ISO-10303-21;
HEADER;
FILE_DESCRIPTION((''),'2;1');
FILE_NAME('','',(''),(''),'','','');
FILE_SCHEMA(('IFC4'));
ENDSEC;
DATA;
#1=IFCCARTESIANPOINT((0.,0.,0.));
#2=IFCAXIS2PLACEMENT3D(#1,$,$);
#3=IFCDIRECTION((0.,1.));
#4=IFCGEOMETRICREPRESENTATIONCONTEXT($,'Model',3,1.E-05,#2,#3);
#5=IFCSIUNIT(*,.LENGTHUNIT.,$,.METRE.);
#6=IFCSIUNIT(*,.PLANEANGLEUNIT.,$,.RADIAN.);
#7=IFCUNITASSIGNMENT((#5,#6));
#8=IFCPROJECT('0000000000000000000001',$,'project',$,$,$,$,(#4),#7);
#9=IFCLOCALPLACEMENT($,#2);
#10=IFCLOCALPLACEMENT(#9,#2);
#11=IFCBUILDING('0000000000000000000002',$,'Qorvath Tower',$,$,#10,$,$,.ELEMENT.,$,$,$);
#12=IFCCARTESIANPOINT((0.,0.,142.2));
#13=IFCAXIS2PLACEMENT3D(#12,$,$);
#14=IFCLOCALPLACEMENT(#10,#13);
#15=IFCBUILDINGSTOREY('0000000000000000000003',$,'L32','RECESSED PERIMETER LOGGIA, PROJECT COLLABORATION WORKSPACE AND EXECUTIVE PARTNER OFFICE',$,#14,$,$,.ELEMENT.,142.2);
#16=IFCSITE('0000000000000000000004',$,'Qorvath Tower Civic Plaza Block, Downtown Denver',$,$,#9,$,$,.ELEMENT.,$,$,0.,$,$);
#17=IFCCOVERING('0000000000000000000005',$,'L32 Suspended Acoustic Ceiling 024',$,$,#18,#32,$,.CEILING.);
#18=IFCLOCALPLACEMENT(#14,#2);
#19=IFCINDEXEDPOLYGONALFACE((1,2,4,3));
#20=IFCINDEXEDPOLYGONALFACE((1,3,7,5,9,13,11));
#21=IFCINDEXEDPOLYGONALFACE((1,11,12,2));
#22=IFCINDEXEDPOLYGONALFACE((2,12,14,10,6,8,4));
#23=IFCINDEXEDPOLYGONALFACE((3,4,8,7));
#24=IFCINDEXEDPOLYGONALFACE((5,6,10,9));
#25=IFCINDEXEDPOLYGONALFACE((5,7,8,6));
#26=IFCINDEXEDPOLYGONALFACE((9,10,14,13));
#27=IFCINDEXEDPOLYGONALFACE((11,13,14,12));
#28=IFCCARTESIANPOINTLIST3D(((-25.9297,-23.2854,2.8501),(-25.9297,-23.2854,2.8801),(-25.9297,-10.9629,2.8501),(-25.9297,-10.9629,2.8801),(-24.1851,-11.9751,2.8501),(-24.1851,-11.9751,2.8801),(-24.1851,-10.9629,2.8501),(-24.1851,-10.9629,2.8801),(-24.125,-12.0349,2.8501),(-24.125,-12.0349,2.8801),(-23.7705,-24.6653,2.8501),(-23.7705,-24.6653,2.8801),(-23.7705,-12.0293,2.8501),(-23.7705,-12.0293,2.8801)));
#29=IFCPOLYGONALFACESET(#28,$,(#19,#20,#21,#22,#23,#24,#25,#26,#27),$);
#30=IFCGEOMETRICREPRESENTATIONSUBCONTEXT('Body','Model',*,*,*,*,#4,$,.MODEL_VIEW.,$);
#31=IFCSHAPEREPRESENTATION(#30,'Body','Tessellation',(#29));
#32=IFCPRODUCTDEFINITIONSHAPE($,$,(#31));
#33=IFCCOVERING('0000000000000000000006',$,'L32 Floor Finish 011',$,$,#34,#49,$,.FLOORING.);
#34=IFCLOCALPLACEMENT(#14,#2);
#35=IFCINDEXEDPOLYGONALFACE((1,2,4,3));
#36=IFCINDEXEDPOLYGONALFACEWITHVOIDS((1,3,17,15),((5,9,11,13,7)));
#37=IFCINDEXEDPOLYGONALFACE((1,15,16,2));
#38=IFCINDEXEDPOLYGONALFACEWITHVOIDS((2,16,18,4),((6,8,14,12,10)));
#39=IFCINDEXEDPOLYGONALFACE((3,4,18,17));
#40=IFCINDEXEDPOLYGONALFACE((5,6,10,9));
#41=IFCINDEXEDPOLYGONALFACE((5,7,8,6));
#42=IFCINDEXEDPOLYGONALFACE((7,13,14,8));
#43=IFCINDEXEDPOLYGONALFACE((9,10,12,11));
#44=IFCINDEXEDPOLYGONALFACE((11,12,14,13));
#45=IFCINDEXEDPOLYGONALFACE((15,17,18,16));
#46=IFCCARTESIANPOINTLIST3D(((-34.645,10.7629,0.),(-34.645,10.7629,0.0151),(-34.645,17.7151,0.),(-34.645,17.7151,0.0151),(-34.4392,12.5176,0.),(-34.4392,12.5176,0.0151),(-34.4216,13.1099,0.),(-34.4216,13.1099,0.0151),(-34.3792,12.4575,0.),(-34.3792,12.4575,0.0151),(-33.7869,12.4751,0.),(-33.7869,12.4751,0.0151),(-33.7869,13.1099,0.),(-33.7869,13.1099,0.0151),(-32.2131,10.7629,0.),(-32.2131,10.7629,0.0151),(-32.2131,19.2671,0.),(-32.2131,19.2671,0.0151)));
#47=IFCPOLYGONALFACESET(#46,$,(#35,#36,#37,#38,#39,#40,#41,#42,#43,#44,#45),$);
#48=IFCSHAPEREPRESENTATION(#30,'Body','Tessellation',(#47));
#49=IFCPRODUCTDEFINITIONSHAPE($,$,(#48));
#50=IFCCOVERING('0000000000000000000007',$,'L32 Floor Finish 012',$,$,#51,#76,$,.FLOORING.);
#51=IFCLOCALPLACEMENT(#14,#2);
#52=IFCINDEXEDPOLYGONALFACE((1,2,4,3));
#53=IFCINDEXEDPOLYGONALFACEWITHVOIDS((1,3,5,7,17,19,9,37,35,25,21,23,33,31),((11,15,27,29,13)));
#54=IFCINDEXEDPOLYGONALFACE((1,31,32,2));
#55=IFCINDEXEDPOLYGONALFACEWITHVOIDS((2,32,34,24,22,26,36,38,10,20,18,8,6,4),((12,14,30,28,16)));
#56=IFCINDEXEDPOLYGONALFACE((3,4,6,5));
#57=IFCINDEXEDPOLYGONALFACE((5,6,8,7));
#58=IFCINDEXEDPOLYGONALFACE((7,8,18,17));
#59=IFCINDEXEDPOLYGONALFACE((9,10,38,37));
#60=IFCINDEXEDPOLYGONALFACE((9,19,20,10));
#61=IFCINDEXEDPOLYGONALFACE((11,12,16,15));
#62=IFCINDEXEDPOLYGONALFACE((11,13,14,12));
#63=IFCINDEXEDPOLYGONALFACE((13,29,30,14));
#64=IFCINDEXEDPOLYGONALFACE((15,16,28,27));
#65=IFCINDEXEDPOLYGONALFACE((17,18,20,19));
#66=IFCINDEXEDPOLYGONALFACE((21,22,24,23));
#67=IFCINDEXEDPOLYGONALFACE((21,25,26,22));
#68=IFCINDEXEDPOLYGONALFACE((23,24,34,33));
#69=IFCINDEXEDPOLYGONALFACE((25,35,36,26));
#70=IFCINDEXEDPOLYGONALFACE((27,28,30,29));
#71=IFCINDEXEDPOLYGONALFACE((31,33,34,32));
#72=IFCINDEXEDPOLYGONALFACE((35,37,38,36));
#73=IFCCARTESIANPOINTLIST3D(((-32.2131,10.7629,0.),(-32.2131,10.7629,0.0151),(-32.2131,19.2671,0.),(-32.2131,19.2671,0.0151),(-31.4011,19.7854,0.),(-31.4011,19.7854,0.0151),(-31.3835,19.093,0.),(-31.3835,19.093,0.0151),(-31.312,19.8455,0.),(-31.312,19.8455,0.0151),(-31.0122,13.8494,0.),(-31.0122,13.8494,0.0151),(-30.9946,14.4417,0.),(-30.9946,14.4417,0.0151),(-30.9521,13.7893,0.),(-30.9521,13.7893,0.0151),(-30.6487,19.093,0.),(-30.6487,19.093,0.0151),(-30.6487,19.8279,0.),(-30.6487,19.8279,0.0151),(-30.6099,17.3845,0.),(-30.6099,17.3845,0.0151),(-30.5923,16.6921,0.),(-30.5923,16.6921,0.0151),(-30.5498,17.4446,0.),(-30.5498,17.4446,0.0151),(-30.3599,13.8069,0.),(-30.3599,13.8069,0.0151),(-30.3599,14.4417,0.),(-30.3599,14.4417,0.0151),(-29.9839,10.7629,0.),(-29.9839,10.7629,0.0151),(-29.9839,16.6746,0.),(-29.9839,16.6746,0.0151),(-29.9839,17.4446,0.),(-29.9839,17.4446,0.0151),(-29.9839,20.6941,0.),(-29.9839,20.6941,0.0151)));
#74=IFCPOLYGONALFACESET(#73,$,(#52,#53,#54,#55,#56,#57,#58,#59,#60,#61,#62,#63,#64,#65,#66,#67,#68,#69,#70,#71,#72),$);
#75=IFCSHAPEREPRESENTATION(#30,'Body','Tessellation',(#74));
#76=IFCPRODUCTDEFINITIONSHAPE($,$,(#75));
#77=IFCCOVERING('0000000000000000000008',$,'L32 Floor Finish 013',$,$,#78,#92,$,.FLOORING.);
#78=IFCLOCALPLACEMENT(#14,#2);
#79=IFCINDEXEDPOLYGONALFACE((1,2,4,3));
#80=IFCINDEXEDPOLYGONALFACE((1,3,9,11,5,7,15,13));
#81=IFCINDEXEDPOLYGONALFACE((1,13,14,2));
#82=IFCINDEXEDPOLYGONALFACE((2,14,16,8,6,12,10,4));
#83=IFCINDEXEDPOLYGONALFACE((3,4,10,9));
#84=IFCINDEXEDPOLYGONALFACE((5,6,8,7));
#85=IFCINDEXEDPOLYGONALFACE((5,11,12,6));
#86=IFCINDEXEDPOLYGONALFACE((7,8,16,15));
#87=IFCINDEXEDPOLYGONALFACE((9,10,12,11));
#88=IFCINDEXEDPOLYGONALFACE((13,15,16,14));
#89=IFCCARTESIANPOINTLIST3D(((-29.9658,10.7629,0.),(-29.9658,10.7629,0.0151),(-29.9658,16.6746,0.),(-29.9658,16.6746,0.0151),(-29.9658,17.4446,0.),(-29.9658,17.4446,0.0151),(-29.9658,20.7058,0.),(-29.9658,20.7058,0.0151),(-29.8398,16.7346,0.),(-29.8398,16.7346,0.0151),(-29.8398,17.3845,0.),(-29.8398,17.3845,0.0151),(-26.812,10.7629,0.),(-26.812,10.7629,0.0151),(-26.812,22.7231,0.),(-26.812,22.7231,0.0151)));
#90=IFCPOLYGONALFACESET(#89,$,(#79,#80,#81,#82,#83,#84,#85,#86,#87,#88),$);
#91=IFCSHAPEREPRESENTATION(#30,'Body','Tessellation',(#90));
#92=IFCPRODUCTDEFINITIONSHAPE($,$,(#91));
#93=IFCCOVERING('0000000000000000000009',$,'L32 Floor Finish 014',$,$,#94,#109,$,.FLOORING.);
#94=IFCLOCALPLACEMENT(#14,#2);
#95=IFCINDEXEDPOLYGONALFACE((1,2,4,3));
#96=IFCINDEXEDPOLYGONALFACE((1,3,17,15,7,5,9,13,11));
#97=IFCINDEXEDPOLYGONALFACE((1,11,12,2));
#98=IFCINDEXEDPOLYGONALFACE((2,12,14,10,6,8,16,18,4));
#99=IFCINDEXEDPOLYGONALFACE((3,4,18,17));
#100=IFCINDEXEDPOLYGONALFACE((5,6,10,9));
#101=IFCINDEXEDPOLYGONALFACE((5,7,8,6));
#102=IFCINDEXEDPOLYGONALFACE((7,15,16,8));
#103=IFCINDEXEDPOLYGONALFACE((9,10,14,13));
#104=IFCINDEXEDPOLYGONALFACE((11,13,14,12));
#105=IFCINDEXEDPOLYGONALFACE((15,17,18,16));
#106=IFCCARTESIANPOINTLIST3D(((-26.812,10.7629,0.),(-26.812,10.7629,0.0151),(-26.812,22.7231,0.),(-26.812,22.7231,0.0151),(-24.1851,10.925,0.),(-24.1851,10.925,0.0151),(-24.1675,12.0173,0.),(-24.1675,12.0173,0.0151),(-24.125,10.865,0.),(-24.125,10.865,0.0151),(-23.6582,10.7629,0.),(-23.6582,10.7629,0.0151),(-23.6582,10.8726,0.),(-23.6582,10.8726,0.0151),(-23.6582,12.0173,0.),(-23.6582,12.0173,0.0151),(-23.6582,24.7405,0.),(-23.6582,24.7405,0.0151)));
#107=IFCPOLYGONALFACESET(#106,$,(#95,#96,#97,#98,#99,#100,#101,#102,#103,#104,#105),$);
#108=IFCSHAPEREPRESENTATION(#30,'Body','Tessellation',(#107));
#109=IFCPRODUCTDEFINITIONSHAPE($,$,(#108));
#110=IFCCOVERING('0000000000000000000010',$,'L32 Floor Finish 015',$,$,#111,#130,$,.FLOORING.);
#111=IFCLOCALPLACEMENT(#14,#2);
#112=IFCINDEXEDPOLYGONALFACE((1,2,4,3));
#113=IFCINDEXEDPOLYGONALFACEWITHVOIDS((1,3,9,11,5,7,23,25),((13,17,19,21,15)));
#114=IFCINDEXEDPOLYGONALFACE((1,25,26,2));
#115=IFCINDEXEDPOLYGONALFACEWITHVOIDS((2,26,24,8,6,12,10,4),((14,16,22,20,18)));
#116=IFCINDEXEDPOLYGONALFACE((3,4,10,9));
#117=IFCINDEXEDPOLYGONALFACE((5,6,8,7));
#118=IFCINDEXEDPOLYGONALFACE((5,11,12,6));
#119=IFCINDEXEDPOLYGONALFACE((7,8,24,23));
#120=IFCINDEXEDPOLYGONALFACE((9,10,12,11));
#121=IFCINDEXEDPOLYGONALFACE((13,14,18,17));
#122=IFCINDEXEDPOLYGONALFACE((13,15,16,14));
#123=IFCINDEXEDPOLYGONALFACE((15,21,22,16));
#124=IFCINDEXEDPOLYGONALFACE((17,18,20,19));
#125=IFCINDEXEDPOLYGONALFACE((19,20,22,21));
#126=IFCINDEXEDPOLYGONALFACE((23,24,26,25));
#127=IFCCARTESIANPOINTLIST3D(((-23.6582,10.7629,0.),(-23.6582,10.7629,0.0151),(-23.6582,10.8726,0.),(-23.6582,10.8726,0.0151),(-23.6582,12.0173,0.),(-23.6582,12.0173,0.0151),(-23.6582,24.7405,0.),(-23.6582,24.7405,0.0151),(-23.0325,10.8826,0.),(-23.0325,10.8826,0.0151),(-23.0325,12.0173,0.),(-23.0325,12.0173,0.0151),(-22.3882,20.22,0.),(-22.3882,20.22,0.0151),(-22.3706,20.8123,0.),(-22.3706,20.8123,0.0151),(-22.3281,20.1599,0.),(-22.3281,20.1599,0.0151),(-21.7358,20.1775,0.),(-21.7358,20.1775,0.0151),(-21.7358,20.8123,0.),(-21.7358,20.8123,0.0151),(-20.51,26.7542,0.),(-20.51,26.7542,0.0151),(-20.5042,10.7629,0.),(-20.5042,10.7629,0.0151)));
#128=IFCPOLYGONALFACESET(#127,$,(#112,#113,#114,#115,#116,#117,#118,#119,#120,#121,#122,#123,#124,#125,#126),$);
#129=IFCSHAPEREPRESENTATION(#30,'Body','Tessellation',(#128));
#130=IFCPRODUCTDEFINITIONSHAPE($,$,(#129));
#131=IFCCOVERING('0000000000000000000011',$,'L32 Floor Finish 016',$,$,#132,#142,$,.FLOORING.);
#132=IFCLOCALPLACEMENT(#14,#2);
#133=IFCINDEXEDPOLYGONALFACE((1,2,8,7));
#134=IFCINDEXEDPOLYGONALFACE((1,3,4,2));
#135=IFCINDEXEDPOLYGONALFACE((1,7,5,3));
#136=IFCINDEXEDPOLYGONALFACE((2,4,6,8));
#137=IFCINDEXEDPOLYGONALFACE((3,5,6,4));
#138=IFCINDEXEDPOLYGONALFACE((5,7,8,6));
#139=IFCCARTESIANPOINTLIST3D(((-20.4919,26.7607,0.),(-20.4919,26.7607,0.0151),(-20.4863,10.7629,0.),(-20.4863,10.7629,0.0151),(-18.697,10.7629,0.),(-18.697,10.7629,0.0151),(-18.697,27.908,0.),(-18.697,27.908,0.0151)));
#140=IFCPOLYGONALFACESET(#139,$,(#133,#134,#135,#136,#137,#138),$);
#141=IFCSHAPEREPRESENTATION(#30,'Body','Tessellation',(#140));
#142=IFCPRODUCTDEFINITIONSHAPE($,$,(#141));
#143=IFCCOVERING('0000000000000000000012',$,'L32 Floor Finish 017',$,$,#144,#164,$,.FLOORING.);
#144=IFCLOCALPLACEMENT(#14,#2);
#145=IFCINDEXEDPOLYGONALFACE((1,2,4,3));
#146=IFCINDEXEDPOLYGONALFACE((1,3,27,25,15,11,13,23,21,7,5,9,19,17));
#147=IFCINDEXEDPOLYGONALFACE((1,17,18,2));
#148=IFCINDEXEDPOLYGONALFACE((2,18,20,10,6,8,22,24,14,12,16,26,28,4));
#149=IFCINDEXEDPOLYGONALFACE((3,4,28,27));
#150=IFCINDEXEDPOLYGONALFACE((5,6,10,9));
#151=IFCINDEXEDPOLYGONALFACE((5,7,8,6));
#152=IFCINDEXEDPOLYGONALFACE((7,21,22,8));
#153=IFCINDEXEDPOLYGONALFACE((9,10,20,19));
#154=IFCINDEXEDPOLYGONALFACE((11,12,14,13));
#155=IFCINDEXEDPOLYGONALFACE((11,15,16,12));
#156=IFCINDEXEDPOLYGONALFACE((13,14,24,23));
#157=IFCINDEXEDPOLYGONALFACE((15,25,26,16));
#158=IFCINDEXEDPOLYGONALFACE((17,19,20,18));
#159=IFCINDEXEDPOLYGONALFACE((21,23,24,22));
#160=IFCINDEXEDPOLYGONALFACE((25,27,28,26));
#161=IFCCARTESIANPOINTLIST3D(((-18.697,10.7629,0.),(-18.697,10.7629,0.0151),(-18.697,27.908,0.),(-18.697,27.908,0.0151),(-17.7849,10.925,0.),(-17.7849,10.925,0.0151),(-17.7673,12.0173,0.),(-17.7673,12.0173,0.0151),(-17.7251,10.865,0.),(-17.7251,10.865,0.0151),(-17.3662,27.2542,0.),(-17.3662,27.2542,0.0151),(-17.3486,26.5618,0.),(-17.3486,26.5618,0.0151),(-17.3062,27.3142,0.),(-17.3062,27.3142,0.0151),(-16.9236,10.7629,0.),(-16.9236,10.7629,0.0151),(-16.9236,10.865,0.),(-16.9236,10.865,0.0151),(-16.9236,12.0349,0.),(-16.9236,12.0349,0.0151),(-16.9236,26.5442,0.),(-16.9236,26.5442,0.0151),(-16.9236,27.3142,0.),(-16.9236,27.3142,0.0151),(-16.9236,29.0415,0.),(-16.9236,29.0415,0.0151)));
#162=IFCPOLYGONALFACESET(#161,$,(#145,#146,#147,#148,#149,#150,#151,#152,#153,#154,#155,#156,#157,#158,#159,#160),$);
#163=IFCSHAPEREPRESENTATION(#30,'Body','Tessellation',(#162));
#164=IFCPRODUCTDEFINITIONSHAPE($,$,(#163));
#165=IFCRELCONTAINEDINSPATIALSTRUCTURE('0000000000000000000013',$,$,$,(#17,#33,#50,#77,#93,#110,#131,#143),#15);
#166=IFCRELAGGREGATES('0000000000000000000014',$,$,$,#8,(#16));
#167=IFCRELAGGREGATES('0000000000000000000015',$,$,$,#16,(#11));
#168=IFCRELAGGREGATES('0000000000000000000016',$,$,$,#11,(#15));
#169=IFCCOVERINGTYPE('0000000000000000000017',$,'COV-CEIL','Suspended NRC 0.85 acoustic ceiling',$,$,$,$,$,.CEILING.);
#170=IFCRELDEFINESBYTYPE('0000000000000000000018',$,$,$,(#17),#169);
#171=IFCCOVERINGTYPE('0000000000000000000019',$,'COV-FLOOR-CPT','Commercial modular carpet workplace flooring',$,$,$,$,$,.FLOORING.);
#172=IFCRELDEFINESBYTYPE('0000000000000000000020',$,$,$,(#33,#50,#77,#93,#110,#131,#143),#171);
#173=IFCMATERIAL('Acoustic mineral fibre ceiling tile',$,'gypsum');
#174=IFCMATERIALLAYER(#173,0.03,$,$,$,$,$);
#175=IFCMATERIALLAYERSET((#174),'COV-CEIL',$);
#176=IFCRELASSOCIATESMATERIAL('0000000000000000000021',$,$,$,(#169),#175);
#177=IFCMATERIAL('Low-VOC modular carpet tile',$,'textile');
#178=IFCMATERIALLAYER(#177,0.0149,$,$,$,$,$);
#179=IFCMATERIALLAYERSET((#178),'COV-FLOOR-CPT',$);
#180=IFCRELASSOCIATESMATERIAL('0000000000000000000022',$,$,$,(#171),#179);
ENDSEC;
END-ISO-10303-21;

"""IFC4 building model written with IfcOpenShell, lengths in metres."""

from ifc_helpers import new_model, si_unit, direction, frame, origin, place, context, subcontext, project, spatial, polyline, outline, extrude, material, layer, layer_set, type_object, element, save


model = new_model("IFC4")

# Units and contexts
model_context = context("Model", 3, precision=1e-05, world=origin(), true_north=direction((0.0, 1.0)))
body_context = subcontext(model_context, "Body", "Model", "MODEL_VIEW")
ifc_project = project(units=[si_unit("LENGTHUNIT", "METRE"), si_unit("PLANEANGLEUNIT", "RADIAN")], contexts=[model_context])

# Site, building, storey
site_placement = place(None, origin())
site = spatial("IfcSite", under=ifc_project, at=site_placement, Name="Qorvath Tower Civic Plaza Block, Downtown Denver", CompositionType="ELEMENT", RefElevation=0.0)
building_placement = place(site_placement, origin())
building = spatial("IfcBuilding", under=site, at=building_placement, Name="Qorvath Tower", CompositionType="ELEMENT")
storey_placement = place(building_placement, frame((0.0, 0.0, 142.2)))
storey = spatial("IfcBuildingStorey", under=building, at=storey_placement, Name="L32", Description="RECESSED PERIMETER LOGGIA, PROJECT COLLABORATION WORKSPACE AND EXECUTIVE PARTNER OFFICE", CompositionType="ELEMENT", Elevation=142.2)

# Coverings
ifc_material_1 = material(Name="Acoustic mineral fibre ceiling tile", Category="gypsum")
ifc_layer_1 = layer(ifc_material_1, 0.03)
ifc_layer_set_1 = layer_set([ifc_layer_1], Name="COV-CEIL")
covering_type_1 = type_object("IfcCoveringType", Name="COV-CEIL", Description="Suspended NRC 0.85 acoustic ceiling", PredefinedType="CEILING", material=ifc_layer_set_1)
covering_1_placement = place(storey_placement, frame((0.0, 0.0, 2.8501)))
element("IfcCovering", 1, at=covering_1_placement, inside=storey, type_object=covering_type_1, Name="L32 Suspended Acoustic Ceiling 024", PredefinedType="CEILING", context=body_context, shape_type="SweptSolid", body=[
    extrude(outline(polyline([(-23.7705, -24.6653), (-23.7705, -12.0293), (-24.125, -12.0349), (-24.1851, -11.9751), (-24.1851, -10.9629), (-25.9297, -10.9629), (-25.9297, -23.2854), (-23.7705, -24.6653)])), origin(), (0.0, 0.0, 1.0), 0.03),
])
ifc_material_2 = material(Name="Low-VOC modular carpet tile", Category="textile")
ifc_layer_2 = layer(ifc_material_2, 0.0149)
ifc_layer_set_2 = layer_set([ifc_layer_2], Name="COV-FLOOR-CPT")
covering_type_2 = type_object("IfcCoveringType", Name="COV-FLOOR-CPT", Description="Commercial modular carpet workplace flooring", PredefinedType="FLOORING", material=ifc_layer_set_2)
covering_2_placement = place(storey_placement, origin())
element("IfcCovering", 2, at=covering_2_placement, inside=storey, type_object=covering_type_2, Name="L32 Floor Finish 011", PredefinedType="FLOORING", context=body_context, shape_type="SweptSolid", body=[
    extrude(outline(polyline([(-32.2131, 10.7629), (-32.2131, 19.2671), (-34.645, 17.7151), (-34.645, 10.7629), (-32.2131, 10.7629)]), holes=[polyline([(-34.4392, 12.5176), (-34.4216, 13.1099), (-33.7869, 13.1099), (-33.7869, 12.4751), (-34.3792, 12.4575), (-34.4392, 12.5176)])]), origin(), (0.0, 0.0, 1.0), 0.0151),
])
covering_3_placement = place(storey_placement, origin())
element("IfcCovering", 3, at=covering_3_placement, inside=storey, type_object=covering_type_2, Name="L32 Floor Finish 012", PredefinedType="FLOORING", context=body_context, shape_type="SweptSolid", body=[
    extrude(outline(polyline([(-31.4011, 19.7854), (-32.2131, 19.2671), (-32.2131, 10.7629), (-29.9839, 10.7629), (-29.9839, 16.6746), (-30.5923, 16.6921), (-30.6099, 17.3845), (-30.5498, 17.4446), (-29.9839, 17.4446), (-29.9839, 20.6941), (-31.312, 19.8455), (-30.6487, 19.8279), (-30.6487, 19.093), (-31.3835, 19.093), (-31.4011, 19.7854)]), holes=[polyline([(-31.0122, 13.8494), (-30.9946, 14.4417), (-30.3599, 14.4417), (-30.3599, 13.8069), (-30.9521, 13.7893), (-31.0122, 13.8494)])]), origin(), (0.0, 0.0, 1.0), 0.0151),
])
covering_4_placement = place(storey_placement, origin())
element("IfcCovering", 4, at=covering_4_placement, inside=storey, type_object=covering_type_2, Name="L32 Floor Finish 013", PredefinedType="FLOORING", context=body_context, shape_type="SweptSolid", body=[
    extrude(outline(polyline([(-26.812, 10.7629), (-26.812, 22.7231), (-29.9658, 20.7058), (-29.9658, 17.4446), (-29.8398, 17.3845), (-29.8398, 16.7346), (-29.9658, 16.6746), (-29.9658, 10.7629), (-26.812, 10.7629)])), origin(), (0.0, 0.0, 1.0), 0.0151),
])
covering_5_placement = place(storey_placement, origin())
element("IfcCovering", 5, at=covering_5_placement, inside=storey, type_object=covering_type_2, Name="L32 Floor Finish 014", PredefinedType="FLOORING", context=body_context, shape_type="SweptSolid", body=[
    extrude(outline(polyline([(-23.6582, 10.7629), (-23.6582, 10.8726), (-24.125, 10.865), (-24.1851, 10.925), (-24.1675, 12.0173), (-23.6582, 12.0173), (-23.6582, 24.7405), (-26.812, 22.7231), (-26.812, 10.7629), (-23.6582, 10.7629)])), origin(), (0.0, 0.0, 1.0), 0.0151),
])
covering_6_placement = place(storey_placement, origin())
element("IfcCovering", 6, at=covering_6_placement, inside=storey, type_object=covering_type_2, Name="L32 Floor Finish 015", PredefinedType="FLOORING", context=body_context, shape_type="SweptSolid", body=[
    extrude(outline(polyline([(-20.51, 26.7542), (-23.6582, 24.7405), (-23.6582, 12.0173), (-23.0325, 12.0173), (-23.0325, 10.8826), (-23.6582, 10.8726), (-23.6582, 10.7629), (-20.5042, 10.7629), (-20.51, 26.7542)]), holes=[polyline([(-22.3882, 20.22), (-22.3706, 20.8123), (-21.7358, 20.8123), (-21.7358, 20.1775), (-22.3281, 20.1599), (-22.3882, 20.22)])]), origin(), (0.0, 0.0, 1.0), 0.0151),
])
covering_7_placement = place(storey_placement, origin())
element("IfcCovering", 7, at=covering_7_placement, inside=storey, type_object=covering_type_2, Name="L32 Floor Finish 016", PredefinedType="FLOORING", context=body_context, shape_type="SweptSolid", body=[
    extrude(outline(polyline([(-18.697, 10.7629), (-18.697, 27.908), (-20.4919, 26.7607), (-20.4863, 10.7629), (-18.697, 10.7629)])), origin(), (0.0, 0.0, 1.0), 0.0151),
])
covering_8_placement = place(storey_placement, origin())
element("IfcCovering", 8, at=covering_8_placement, inside=storey, type_object=covering_type_2, Name="L32 Floor Finish 017", PredefinedType="FLOORING", context=body_context, shape_type="SweptSolid", body=[
    extrude(outline(polyline([(-17.3062, 27.3142), (-16.9236, 27.3142), (-16.9236, 29.0415), (-18.697, 27.908), (-18.697, 10.7629), (-16.9236, 10.7629), (-16.9236, 10.865), (-17.7251, 10.865), (-17.7849, 10.925), (-17.7673, 12.0173), (-16.9236, 12.0349), (-16.9236, 26.5442), (-17.3486, 26.5618), (-17.3662, 27.2542), (-17.3062, 27.3142)])), origin(), (0.0, 0.0, 1.0), 0.0151),
])

save(model, "model.ifc")
